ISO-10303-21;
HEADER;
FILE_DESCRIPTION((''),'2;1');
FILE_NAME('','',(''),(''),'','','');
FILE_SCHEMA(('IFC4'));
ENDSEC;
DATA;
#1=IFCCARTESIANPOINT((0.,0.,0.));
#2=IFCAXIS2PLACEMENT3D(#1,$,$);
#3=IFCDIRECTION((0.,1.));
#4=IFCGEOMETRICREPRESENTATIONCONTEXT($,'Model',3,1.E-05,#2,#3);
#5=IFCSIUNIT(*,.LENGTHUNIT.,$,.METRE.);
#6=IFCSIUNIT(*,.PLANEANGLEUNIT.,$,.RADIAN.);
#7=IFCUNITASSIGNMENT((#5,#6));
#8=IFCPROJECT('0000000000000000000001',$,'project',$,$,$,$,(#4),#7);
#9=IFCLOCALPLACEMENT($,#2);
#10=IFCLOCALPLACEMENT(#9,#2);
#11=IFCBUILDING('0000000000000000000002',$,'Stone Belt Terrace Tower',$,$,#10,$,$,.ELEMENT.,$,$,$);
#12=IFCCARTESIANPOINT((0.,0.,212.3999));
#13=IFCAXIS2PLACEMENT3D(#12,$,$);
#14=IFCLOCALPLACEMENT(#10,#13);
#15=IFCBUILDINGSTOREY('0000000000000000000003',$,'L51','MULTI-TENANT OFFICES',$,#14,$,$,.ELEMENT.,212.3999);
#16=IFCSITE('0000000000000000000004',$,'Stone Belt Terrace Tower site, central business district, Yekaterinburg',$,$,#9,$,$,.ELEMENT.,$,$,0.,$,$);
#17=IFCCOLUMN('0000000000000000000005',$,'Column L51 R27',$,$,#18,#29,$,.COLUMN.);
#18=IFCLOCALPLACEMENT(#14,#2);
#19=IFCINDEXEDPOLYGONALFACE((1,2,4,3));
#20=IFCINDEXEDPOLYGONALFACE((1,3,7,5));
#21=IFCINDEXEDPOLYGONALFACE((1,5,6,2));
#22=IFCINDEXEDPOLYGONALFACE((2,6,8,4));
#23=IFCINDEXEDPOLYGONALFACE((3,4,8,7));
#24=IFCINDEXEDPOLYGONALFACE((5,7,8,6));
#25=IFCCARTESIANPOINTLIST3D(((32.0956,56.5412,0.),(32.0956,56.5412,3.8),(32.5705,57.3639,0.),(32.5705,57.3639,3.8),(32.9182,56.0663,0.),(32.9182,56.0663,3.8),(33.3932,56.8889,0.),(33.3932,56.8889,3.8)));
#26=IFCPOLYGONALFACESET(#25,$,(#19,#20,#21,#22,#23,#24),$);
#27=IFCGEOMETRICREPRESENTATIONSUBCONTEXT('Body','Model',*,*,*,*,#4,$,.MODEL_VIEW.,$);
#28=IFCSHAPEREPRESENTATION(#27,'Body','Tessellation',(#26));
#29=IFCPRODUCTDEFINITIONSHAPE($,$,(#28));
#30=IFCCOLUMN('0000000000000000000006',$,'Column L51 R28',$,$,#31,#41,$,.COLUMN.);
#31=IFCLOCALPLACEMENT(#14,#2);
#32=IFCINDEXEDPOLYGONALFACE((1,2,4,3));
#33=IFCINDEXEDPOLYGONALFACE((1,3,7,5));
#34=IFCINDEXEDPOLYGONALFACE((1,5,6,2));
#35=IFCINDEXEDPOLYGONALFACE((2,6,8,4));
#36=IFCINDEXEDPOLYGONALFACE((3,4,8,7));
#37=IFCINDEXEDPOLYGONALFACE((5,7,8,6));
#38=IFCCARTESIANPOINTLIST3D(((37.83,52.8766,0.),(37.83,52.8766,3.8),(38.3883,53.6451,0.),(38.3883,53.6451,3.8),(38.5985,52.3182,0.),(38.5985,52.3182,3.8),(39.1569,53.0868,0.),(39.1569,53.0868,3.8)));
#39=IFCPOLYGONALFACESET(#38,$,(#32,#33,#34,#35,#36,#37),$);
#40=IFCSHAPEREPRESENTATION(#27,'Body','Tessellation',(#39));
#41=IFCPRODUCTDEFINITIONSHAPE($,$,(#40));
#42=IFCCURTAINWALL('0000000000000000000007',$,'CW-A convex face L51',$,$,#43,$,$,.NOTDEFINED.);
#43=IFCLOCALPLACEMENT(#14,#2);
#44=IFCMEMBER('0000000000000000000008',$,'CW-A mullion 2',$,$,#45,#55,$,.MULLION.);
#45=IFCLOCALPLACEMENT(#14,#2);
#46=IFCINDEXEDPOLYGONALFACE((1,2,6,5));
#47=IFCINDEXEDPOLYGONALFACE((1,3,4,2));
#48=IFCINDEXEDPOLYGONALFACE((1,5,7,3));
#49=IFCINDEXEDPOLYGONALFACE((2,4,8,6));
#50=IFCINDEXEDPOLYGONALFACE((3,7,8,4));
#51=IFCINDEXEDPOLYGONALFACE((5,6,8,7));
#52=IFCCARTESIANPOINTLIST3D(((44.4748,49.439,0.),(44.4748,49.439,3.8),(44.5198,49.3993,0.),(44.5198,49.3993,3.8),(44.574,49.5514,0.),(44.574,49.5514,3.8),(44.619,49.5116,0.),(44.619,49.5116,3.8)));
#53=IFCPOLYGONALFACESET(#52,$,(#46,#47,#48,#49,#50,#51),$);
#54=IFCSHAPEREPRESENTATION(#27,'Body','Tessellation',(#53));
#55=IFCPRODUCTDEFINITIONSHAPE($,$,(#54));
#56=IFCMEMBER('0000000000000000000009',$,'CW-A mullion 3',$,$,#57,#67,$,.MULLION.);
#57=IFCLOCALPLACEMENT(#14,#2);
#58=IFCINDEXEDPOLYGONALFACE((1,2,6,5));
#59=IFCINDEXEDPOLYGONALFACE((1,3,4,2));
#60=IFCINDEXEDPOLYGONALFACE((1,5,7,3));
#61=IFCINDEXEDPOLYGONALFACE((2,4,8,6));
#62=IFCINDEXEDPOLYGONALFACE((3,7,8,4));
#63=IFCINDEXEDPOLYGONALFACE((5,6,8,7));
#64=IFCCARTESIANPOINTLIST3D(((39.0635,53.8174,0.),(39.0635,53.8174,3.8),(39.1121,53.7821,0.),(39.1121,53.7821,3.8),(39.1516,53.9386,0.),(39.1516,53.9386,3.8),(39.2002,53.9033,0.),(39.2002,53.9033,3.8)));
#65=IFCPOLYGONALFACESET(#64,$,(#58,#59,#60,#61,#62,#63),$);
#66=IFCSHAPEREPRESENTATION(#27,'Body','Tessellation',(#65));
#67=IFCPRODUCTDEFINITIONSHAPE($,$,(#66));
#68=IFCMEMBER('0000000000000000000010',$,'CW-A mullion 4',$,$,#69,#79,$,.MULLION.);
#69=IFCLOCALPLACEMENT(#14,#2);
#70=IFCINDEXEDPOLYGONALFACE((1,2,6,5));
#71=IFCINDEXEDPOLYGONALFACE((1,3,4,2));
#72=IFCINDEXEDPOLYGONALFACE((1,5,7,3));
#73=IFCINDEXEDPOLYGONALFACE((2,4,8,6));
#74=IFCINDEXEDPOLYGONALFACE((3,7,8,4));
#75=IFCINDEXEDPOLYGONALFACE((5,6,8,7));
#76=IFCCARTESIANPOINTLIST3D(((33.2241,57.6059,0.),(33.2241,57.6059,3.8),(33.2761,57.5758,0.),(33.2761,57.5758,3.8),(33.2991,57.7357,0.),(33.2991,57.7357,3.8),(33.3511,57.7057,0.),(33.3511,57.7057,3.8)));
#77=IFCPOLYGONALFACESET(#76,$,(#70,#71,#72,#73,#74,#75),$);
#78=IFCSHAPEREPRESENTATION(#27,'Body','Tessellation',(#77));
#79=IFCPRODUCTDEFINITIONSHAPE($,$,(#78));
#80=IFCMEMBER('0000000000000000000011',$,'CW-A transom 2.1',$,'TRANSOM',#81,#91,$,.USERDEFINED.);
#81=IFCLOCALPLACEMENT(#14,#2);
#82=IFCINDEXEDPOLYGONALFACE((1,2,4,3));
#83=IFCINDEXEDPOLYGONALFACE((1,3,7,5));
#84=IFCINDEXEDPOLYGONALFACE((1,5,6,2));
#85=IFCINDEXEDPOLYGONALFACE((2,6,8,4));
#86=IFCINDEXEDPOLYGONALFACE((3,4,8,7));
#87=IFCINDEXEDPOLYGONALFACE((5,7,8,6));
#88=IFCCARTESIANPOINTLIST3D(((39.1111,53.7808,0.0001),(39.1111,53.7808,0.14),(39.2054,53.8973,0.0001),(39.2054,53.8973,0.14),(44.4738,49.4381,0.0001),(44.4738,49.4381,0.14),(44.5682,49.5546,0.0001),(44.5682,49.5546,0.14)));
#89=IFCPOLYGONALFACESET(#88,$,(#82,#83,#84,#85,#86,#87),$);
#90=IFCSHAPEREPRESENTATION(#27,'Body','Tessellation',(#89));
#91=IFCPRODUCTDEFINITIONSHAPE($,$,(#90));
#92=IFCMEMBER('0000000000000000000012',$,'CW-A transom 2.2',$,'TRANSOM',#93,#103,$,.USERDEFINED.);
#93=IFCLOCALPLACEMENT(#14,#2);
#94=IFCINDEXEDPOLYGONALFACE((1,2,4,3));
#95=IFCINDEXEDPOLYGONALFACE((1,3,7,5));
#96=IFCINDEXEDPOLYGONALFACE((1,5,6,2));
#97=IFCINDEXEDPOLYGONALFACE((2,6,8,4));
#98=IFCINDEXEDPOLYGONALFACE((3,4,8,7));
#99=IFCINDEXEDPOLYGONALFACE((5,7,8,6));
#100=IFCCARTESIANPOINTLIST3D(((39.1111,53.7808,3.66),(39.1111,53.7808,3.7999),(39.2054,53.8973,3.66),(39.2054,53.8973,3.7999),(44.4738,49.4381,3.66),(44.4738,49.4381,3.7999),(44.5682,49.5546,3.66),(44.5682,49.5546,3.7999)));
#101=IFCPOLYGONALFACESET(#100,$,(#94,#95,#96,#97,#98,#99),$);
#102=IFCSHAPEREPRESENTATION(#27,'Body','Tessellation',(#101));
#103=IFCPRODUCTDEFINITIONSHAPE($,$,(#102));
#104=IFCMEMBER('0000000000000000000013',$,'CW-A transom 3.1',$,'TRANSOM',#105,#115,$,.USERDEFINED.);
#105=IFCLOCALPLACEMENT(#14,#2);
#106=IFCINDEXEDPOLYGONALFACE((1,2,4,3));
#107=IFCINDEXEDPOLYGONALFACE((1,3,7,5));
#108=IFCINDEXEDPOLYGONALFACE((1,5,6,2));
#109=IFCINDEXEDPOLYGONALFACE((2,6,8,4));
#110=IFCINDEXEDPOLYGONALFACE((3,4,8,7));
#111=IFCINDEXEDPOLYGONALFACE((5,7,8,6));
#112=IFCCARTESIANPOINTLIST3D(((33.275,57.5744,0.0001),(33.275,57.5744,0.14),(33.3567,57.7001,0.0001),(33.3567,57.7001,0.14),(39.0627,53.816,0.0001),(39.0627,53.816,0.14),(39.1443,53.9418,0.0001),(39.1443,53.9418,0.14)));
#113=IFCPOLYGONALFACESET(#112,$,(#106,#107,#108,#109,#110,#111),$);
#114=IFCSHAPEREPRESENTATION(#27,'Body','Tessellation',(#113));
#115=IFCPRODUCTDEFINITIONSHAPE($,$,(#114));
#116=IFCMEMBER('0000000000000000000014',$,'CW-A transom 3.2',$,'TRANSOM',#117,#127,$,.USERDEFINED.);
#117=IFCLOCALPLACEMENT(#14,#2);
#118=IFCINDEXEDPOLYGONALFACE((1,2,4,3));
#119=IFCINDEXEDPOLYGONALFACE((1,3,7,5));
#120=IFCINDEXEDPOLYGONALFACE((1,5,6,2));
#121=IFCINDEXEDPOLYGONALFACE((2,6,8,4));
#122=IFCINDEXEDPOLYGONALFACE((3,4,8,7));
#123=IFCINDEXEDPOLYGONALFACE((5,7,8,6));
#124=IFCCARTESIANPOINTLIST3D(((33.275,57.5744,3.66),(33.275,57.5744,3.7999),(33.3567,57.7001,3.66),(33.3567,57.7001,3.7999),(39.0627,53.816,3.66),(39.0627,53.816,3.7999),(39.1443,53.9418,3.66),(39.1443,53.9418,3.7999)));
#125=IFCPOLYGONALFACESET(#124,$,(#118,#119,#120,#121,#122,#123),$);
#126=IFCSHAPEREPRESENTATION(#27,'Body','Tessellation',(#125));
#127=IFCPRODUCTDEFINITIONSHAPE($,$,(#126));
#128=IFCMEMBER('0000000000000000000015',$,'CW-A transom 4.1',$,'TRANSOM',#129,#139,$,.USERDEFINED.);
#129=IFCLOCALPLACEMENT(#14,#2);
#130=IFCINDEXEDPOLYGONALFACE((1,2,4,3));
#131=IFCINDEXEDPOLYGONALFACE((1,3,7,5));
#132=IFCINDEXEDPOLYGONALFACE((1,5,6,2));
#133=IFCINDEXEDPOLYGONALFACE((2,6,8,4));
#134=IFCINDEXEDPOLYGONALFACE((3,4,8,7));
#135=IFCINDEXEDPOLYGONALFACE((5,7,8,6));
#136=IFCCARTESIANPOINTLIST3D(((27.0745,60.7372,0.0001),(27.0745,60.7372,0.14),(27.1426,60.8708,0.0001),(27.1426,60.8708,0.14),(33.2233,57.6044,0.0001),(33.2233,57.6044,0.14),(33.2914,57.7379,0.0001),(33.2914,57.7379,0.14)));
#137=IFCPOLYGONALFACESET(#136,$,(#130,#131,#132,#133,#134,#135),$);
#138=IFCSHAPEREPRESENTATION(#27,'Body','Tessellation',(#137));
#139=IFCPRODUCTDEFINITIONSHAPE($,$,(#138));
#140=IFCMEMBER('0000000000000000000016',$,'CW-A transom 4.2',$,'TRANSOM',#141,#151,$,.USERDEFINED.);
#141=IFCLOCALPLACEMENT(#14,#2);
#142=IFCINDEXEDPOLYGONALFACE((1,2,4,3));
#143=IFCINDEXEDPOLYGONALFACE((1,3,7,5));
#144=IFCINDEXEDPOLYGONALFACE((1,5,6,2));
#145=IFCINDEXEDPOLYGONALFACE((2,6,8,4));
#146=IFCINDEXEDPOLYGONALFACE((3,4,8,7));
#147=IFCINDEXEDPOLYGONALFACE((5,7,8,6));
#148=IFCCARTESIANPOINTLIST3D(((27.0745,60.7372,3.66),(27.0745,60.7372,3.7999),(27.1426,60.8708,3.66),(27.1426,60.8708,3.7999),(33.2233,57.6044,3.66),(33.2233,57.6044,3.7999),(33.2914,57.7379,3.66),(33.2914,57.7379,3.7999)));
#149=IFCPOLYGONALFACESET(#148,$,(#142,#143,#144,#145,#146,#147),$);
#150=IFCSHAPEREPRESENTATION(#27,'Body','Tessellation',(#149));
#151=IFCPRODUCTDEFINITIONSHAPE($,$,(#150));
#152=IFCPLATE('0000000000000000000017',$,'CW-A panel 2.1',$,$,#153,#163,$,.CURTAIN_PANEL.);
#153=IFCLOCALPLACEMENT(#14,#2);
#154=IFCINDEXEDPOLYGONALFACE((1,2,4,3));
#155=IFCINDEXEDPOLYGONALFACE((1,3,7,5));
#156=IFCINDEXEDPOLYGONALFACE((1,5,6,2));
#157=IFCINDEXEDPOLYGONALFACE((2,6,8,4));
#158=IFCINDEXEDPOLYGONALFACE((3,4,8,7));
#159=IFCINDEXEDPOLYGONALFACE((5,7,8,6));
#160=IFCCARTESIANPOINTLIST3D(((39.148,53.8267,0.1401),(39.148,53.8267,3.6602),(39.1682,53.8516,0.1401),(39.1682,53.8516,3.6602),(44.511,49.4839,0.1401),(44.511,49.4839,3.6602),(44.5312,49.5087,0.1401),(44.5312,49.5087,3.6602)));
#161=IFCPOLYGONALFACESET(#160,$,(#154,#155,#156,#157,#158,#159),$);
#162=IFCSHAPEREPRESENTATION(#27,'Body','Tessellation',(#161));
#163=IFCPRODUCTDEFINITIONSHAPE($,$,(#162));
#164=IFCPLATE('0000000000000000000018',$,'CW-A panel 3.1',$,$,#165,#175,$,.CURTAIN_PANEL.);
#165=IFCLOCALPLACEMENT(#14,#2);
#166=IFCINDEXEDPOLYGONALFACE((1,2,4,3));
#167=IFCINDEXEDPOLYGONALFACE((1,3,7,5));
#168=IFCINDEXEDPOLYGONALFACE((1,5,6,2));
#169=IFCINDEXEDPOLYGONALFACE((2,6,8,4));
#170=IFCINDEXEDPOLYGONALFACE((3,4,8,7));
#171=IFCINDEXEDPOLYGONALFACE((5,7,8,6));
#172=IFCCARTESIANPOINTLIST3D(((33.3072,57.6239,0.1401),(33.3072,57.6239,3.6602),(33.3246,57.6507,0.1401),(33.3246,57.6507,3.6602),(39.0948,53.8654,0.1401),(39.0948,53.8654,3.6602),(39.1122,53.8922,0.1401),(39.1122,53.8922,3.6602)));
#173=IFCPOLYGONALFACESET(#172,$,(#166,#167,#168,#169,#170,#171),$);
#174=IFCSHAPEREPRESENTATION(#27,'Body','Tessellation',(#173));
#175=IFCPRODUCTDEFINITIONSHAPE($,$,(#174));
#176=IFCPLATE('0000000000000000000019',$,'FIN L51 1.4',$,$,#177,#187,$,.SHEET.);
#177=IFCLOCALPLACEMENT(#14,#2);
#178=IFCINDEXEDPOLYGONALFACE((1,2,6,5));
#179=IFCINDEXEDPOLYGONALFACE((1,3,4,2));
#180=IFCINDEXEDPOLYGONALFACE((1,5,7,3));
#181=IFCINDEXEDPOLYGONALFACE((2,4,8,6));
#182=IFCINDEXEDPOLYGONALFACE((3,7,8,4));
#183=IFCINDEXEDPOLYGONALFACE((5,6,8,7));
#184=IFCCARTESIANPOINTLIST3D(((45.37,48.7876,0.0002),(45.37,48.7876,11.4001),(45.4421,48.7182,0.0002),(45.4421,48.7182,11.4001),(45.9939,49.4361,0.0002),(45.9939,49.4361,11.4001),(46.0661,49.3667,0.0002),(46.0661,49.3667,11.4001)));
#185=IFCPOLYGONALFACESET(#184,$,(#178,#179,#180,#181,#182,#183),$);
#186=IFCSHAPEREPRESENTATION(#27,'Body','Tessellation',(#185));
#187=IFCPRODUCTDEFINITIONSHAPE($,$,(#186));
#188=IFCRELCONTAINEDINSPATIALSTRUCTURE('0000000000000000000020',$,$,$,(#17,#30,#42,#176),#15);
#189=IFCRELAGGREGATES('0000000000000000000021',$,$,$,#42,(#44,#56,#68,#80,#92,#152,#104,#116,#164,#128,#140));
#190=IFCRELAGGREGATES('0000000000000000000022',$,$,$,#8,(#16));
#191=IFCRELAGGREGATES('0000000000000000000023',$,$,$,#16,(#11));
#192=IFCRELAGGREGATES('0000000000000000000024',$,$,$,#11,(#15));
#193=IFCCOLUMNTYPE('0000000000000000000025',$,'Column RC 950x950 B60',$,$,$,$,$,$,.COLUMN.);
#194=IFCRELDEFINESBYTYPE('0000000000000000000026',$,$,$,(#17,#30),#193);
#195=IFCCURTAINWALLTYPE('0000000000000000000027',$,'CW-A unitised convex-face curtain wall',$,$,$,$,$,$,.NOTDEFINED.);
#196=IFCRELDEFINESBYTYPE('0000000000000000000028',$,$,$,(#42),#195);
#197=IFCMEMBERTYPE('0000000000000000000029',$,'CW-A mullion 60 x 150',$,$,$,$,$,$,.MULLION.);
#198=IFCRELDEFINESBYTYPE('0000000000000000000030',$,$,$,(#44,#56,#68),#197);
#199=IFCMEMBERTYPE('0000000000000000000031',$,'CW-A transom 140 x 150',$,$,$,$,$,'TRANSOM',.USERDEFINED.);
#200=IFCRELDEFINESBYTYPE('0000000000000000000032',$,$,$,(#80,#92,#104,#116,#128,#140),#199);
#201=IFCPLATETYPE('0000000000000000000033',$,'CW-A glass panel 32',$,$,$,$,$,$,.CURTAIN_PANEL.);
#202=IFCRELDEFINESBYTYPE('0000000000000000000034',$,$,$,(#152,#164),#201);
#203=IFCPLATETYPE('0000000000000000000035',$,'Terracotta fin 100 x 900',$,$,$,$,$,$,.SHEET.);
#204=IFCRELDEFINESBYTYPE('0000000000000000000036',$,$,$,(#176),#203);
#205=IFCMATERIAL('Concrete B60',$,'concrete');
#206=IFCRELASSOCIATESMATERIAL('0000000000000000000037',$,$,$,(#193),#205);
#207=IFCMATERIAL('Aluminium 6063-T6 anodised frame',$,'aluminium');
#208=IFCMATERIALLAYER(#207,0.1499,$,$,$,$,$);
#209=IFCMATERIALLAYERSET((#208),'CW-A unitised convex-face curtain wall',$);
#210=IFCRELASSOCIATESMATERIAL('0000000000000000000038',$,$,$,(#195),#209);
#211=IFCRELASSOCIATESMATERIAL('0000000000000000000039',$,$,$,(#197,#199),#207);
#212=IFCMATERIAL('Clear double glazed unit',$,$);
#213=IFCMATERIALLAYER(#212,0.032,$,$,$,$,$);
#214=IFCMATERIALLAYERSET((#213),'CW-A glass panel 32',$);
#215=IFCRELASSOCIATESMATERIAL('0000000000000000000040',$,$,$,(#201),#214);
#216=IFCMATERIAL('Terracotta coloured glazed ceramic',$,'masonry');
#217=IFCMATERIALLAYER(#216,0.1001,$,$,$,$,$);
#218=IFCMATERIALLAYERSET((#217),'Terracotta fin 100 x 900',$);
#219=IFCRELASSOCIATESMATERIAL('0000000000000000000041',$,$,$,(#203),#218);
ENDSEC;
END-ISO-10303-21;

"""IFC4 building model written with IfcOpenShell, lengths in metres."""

from ifc_helpers import new_model, si_unit, direction, frame, origin, origin_2d, place, context, subcontext, project, spatial, rectangle, extrude, material, layer, layer_set, material_profile, profile_set, type_object, element, aggregate, save


model = new_model("IFC4")

# Units and contexts
model_context = context("Model", 3, precision=1e-05, world=origin(), true_north=direction((0.0, 1.0)))
body_context = subcontext(model_context, "Body", "Model", "MODEL_VIEW")
ifc_project = project(units=[si_unit("LENGTHUNIT", "METRE"), si_unit("PLANEANGLEUNIT", "RADIAN")], contexts=[model_context])

# Site, building, storey
site_placement = place(None, origin())
site = spatial("IfcSite", under=ifc_project, at=site_placement, Name="Stone Belt Terrace Tower site, central business district, Yekaterinburg", CompositionType="ELEMENT", RefElevation=0.0)
building_placement = place(site_placement, origin())
building = spatial("IfcBuilding", under=site, at=building_placement, Name="Stone Belt Terrace Tower", CompositionType="ELEMENT")
storey_placement = place(building_placement, frame((0.0, 0.0, 212.3999)))
storey = spatial("IfcBuildingStorey", under=building, at=storey_placement, Name="L51", Description="MULTI-TENANT OFFICES", CompositionType="ELEMENT", Elevation=212.3999)

# Columns
ifc_material_1 = material(Name="Concrete B60", Category="concrete")
ifc_material_profile_1 = material_profile(ifc_material_1, rectangle(XDim=0.95, YDim=0.95, at=origin_2d()), Name="RC 950x950")
ifc_profile_set_1 = profile_set([ifc_material_profile_1], Name="Concrete B60")
column_type = type_object("IfcColumnType", Name="Column RC 950x950 B60", PredefinedType="COLUMN", material=ifc_profile_set_1)
for number, where, z_axis, x_axis, name in (
    (1, (32.7444, 56.7151, 0.0), (0.0, 0.0, 1.0), (0.866025, -0.5, 0.0), "Column L51 R27"),
    (2, (38.4934, 52.9817, 0.0), (0.0, 0.0, 1.0), (0.809017, -0.587785, 0.0), "Column L51 R28"),
):
    element("IfcColumn", number, at=place(storey_placement, frame(where, z_axis=z_axis, x_axis=x_axis)), inside=storey, type_object=column_type, Name=name, PredefinedType="COLUMN", context=body_context, shape_type="SweptSolid", body=[
        extrude(rectangle(XDim=0.95, YDim=0.95, at=origin_2d()), origin(), (0.0, 0.0, 1.0), 3.8),
    ])

# Curtain wall, members, plates
ifc_material_2 = material(Name="Aluminium 6063-T6 anodised frame", Category="aluminium")
ifc_layer_1 = layer(ifc_material_2, 0.1499)
ifc_layer_set_1 = layer_set([ifc_layer_1], Name="CW-A unitised convex-face curtain wall")
curtain_wall_type = type_object("IfcCurtainWallType", Name="CW-A unitised convex-face curtain wall", PredefinedType="NOTDEFINED", material=ifc_layer_set_1)
curtain_wall_placement = place(storey_placement, origin())
curtain_wall = element("IfcCurtainWall", 3, at=curtain_wall_placement, inside=storey, type_object=curtain_wall_type, Name="CW-A convex face L51", PredefinedType="NOTDEFINED")
ifc_material_profile_2 = material_profile(ifc_material_2, rectangle(XDim=0.1499, YDim=0.0601, at=origin_2d()), Name="Aluminium 6063-T6 60x150")
ifc_profile_set_2 = profile_set([ifc_material_profile_2], Name="Aluminium 6063-T6 anodised frame")
member_type_1 = type_object("IfcMemberType", Name="CW-A mullion 60 x 150", PredefinedType="MULLION", material=ifc_profile_set_2)
member_1_placement = place(storey_placement, frame((44.5469, 49.4753, 0.0), z_axis=(0.0, 0.0, 1.0), x_axis=(-0.661937, -0.749559, 0.0)))
member_1 = element("IfcMember", 4, at=member_1_placement, type_object=member_type_1, Name="CW-A mullion 2", PredefinedType="MULLION", context=body_context, shape_type="SweptSolid", body=[
    extrude(rectangle(XDim=0.1499, YDim=0.0601, at=origin_2d()), origin(), (0.0, 0.0, 1.0), 3.8),
])
member_2_placement = place(storey_placement, frame((39.1318, 53.8604, 0.0), z_axis=(0.0, 0.0, 1.0), x_axis=(-0.587785, -0.809017, 0.0)))
member_2 = element("IfcMember", 5, at=member_2_placement, type_object=member_type_1, Name="CW-A mullion 3", PredefinedType="MULLION", context=body_context, shape_type="SweptSolid", body=[
    extrude(rectangle(XDim=0.1499, YDim=0.0601, at=origin_2d()), origin(), (0.0, 0.0, 1.0), 3.8),
])
member_3_placement = place(storey_placement, frame((33.2876, 57.6558, 0.0), z_axis=(0.0, 0.0, 1.0), x_axis=(-0.5, -0.866025, 0.0)))
member_3 = element("IfcMember", 6, at=member_3_placement, type_object=member_type_1, Name="CW-A mullion 4", PredefinedType="MULLION", context=body_context, shape_type="SweptSolid", body=[
    extrude(rectangle(XDim=0.1499, YDim=0.0601, at=origin_2d()), origin(), (0.0, 0.0, 1.0), 3.8),
])
ifc_material_profile_3 = material_profile(ifc_material_2, rectangle(XDim=0.1499, YDim=0.1399, at=origin_2d()), Name="Aluminium 6063-T6 150x140")
ifc_profile_set_3 = profile_set([ifc_material_profile_3], Name="Aluminium 6063-T6 anodised frame")
member_type_2 = type_object("IfcMemberType", Name="CW-A transom 140 x 150", ElementType="TRANSOM", PredefinedType="USERDEFINED", material=ifc_profile_set_3)
member_4_placement = place(storey_placement, frame((44.521, 49.4963, 0.0701), z_axis=(-0.777141, 0.629326, 0.0), x_axis=(-0.629326, -0.777141, 0.0)))
member_4 = element("IfcMember", 7, at=member_4_placement, type_object=member_type_2, Name="CW-A transom 2.1", ObjectType="TRANSOM", PredefinedType="USERDEFINED", context=body_context, shape_type="SweptSolid", body=[
    extrude(rectangle(XDim=0.1499, YDim=0.1399, at=origin_2d()), origin(), (0.0, 0.0, 1.0), 6.9006),
])
member_5_placement = place(storey_placement, frame((44.521, 49.4963, 3.73), z_axis=(-0.777141, 0.629326, 0.0), x_axis=(-0.629326, -0.777141, 0.0)))
member_5 = element("IfcMember", 8, at=member_5_placement, type_object=member_type_2, Name="CW-A transom 2.2", ObjectType="TRANSOM", PredefinedType="USERDEFINED", context=body_context, shape_type="SweptSolid", body=[
    extrude(rectangle(XDim=0.1499, YDim=0.1399, at=origin_2d()), origin(), (0.0, 0.0, 1.0), 6.9006),
])
member_6_placement = place(storey_placement, frame((39.1035, 53.8789, 0.0701), z_axis=(-0.838684, 0.544618, 0.0), x_axis=(-0.544618, -0.838684, 0.0)))
member_6 = element("IfcMember", 9, at=member_6_placement, type_object=member_type_2, Name="CW-A transom 3.1", ObjectType="TRANSOM", PredefinedType="USERDEFINED", context=body_context, shape_type="SweptSolid", body=[
    extrude(rectangle(XDim=0.1499, YDim=0.1399, at=origin_2d()), origin(), (0.0, 0.0, 1.0), 6.9009),
])
member_7_placement = place(storey_placement, frame((39.1035, 53.8789, 3.73), z_axis=(-0.838684, 0.544618, 0.0), x_axis=(-0.544618, -0.838684, 0.0)))
member_7 = element("IfcMember", 10, at=member_7_placement, type_object=member_type_2, Name="CW-A transom 3.2", ObjectType="TRANSOM", PredefinedType="USERDEFINED", context=body_context, shape_type="SweptSolid", body=[
    extrude(rectangle(XDim=0.1499, YDim=0.1399, at=origin_2d()), origin(), (0.0, 0.0, 1.0), 6.9009),
])
member_8_placement = place(storey_placement, frame((33.2573, 57.6711, 0.0701), z_axis=(-0.891012, 0.453979, 0.0), x_axis=(-0.453979, -0.891012, 0.0)))
member_8 = element("IfcMember", 11, at=member_8_placement, type_object=member_type_2, Name="CW-A transom 4.1", ObjectType="TRANSOM", PredefinedType="USERDEFINED", context=body_context, shape_type="SweptSolid", body=[
    extrude(rectangle(XDim=0.1499, YDim=0.1399, at=origin_2d()), origin(), (0.0, 0.0, 1.0), 6.9009),
])
member_9_placement = place(storey_placement, frame((33.2573, 57.6711, 3.73), z_axis=(-0.891012, 0.453979, 0.0), x_axis=(-0.453979, -0.891012, 0.0)))
member_9 = element("IfcMember", 12, at=member_9_placement, type_object=member_type_2, Name="CW-A transom 4.2", ObjectType="TRANSOM", PredefinedType="USERDEFINED", context=body_context, shape_type="SweptSolid", body=[
    extrude(rectangle(XDim=0.1499, YDim=0.1399, at=origin_2d()), origin(), (0.0, 0.0, 1.0), 6.9009),
])
ifc_material_3 = material(Name="Clear double glazed unit")
ifc_layer_2 = layer(ifc_material_3, 0.032)
ifc_layer_set_2 = layer_set([ifc_layer_2], Name="CW-A glass panel 32")
plate_type_1 = type_object("IfcPlateType", Name="CW-A glass panel 32", PredefinedType="CURTAIN_PANEL", material=ifc_layer_set_2)
plate_1_placement = place(storey_placement, frame((41.8396, 51.6677, 0.1401), z_axis=(0.0, 0.0, 1.0), x_axis=(-0.777146, 0.62932, 0.0)))
plate_1 = element("IfcPlate", 13, at=plate_1_placement, type_object=plate_type_1, Name="CW-A panel 2.1", PredefinedType="CURTAIN_PANEL", context=body_context, shape_type="SweptSolid", body=[
    extrude(rectangle(XDim=6.9009, YDim=0.032, at=origin_2d()), origin(), (0.0, 0.0, 1.0), 3.52),
])
plate_2_placement = place(storey_placement, frame((36.2097, 55.7581, 0.1401), z_axis=(0.0, 0.0, 1.0), x_axis=(-0.838671, 0.544639, 0.0)))
plate_2 = element("IfcPlate", 14, at=plate_2_placement, type_object=plate_type_1, Name="CW-A panel 3.1", PredefinedType="CURTAIN_PANEL", context=body_context, shape_type="SweptSolid", body=[
    extrude(rectangle(XDim=6.9009, YDim=0.032, at=origin_2d()), origin(), (0.0, 0.0, 1.0), 3.52),
])
aggregate(curtain_wall, [member_1, member_2, member_3, member_4, member_5, plate_1, member_6, member_7, plate_2, member_8, member_9])

# Plate
ifc_material_4 = material(Name="Terracotta coloured glazed ceramic", Category="masonry")
ifc_layer_3 = layer(ifc_material_4, 0.1001)
ifc_layer_set_3 = layer_set([ifc_layer_3], Name="Terracotta fin 100 x 900")
plate_type_2 = type_object("IfcPlateType", Name="Terracotta fin 100 x 900", PredefinedType="SHEET", material=ifc_layer_set_3)
for number, where, z_axis, x_axis, name in (
    (15, (45.718, 49.0771, 0.0002), (0.0, 0.0, 1.0), (0.693346, 0.720604, 0.0), "FIN L51 1.4"),
):
    element("IfcPlate", number, at=place(storey_placement, frame(where, z_axis=z_axis, x_axis=x_axis)), inside=storey, type_object=plate_type_2, Name=name, PredefinedType="SHEET", context=body_context, shape_type="SweptSolid", body=[
        extrude(rectangle(XDim=0.8999, YDim=0.1001, at=origin_2d()), origin(), (0.0, 0.0, 1.0), 11.3999),
    ])

save(model, "model.ifc")
